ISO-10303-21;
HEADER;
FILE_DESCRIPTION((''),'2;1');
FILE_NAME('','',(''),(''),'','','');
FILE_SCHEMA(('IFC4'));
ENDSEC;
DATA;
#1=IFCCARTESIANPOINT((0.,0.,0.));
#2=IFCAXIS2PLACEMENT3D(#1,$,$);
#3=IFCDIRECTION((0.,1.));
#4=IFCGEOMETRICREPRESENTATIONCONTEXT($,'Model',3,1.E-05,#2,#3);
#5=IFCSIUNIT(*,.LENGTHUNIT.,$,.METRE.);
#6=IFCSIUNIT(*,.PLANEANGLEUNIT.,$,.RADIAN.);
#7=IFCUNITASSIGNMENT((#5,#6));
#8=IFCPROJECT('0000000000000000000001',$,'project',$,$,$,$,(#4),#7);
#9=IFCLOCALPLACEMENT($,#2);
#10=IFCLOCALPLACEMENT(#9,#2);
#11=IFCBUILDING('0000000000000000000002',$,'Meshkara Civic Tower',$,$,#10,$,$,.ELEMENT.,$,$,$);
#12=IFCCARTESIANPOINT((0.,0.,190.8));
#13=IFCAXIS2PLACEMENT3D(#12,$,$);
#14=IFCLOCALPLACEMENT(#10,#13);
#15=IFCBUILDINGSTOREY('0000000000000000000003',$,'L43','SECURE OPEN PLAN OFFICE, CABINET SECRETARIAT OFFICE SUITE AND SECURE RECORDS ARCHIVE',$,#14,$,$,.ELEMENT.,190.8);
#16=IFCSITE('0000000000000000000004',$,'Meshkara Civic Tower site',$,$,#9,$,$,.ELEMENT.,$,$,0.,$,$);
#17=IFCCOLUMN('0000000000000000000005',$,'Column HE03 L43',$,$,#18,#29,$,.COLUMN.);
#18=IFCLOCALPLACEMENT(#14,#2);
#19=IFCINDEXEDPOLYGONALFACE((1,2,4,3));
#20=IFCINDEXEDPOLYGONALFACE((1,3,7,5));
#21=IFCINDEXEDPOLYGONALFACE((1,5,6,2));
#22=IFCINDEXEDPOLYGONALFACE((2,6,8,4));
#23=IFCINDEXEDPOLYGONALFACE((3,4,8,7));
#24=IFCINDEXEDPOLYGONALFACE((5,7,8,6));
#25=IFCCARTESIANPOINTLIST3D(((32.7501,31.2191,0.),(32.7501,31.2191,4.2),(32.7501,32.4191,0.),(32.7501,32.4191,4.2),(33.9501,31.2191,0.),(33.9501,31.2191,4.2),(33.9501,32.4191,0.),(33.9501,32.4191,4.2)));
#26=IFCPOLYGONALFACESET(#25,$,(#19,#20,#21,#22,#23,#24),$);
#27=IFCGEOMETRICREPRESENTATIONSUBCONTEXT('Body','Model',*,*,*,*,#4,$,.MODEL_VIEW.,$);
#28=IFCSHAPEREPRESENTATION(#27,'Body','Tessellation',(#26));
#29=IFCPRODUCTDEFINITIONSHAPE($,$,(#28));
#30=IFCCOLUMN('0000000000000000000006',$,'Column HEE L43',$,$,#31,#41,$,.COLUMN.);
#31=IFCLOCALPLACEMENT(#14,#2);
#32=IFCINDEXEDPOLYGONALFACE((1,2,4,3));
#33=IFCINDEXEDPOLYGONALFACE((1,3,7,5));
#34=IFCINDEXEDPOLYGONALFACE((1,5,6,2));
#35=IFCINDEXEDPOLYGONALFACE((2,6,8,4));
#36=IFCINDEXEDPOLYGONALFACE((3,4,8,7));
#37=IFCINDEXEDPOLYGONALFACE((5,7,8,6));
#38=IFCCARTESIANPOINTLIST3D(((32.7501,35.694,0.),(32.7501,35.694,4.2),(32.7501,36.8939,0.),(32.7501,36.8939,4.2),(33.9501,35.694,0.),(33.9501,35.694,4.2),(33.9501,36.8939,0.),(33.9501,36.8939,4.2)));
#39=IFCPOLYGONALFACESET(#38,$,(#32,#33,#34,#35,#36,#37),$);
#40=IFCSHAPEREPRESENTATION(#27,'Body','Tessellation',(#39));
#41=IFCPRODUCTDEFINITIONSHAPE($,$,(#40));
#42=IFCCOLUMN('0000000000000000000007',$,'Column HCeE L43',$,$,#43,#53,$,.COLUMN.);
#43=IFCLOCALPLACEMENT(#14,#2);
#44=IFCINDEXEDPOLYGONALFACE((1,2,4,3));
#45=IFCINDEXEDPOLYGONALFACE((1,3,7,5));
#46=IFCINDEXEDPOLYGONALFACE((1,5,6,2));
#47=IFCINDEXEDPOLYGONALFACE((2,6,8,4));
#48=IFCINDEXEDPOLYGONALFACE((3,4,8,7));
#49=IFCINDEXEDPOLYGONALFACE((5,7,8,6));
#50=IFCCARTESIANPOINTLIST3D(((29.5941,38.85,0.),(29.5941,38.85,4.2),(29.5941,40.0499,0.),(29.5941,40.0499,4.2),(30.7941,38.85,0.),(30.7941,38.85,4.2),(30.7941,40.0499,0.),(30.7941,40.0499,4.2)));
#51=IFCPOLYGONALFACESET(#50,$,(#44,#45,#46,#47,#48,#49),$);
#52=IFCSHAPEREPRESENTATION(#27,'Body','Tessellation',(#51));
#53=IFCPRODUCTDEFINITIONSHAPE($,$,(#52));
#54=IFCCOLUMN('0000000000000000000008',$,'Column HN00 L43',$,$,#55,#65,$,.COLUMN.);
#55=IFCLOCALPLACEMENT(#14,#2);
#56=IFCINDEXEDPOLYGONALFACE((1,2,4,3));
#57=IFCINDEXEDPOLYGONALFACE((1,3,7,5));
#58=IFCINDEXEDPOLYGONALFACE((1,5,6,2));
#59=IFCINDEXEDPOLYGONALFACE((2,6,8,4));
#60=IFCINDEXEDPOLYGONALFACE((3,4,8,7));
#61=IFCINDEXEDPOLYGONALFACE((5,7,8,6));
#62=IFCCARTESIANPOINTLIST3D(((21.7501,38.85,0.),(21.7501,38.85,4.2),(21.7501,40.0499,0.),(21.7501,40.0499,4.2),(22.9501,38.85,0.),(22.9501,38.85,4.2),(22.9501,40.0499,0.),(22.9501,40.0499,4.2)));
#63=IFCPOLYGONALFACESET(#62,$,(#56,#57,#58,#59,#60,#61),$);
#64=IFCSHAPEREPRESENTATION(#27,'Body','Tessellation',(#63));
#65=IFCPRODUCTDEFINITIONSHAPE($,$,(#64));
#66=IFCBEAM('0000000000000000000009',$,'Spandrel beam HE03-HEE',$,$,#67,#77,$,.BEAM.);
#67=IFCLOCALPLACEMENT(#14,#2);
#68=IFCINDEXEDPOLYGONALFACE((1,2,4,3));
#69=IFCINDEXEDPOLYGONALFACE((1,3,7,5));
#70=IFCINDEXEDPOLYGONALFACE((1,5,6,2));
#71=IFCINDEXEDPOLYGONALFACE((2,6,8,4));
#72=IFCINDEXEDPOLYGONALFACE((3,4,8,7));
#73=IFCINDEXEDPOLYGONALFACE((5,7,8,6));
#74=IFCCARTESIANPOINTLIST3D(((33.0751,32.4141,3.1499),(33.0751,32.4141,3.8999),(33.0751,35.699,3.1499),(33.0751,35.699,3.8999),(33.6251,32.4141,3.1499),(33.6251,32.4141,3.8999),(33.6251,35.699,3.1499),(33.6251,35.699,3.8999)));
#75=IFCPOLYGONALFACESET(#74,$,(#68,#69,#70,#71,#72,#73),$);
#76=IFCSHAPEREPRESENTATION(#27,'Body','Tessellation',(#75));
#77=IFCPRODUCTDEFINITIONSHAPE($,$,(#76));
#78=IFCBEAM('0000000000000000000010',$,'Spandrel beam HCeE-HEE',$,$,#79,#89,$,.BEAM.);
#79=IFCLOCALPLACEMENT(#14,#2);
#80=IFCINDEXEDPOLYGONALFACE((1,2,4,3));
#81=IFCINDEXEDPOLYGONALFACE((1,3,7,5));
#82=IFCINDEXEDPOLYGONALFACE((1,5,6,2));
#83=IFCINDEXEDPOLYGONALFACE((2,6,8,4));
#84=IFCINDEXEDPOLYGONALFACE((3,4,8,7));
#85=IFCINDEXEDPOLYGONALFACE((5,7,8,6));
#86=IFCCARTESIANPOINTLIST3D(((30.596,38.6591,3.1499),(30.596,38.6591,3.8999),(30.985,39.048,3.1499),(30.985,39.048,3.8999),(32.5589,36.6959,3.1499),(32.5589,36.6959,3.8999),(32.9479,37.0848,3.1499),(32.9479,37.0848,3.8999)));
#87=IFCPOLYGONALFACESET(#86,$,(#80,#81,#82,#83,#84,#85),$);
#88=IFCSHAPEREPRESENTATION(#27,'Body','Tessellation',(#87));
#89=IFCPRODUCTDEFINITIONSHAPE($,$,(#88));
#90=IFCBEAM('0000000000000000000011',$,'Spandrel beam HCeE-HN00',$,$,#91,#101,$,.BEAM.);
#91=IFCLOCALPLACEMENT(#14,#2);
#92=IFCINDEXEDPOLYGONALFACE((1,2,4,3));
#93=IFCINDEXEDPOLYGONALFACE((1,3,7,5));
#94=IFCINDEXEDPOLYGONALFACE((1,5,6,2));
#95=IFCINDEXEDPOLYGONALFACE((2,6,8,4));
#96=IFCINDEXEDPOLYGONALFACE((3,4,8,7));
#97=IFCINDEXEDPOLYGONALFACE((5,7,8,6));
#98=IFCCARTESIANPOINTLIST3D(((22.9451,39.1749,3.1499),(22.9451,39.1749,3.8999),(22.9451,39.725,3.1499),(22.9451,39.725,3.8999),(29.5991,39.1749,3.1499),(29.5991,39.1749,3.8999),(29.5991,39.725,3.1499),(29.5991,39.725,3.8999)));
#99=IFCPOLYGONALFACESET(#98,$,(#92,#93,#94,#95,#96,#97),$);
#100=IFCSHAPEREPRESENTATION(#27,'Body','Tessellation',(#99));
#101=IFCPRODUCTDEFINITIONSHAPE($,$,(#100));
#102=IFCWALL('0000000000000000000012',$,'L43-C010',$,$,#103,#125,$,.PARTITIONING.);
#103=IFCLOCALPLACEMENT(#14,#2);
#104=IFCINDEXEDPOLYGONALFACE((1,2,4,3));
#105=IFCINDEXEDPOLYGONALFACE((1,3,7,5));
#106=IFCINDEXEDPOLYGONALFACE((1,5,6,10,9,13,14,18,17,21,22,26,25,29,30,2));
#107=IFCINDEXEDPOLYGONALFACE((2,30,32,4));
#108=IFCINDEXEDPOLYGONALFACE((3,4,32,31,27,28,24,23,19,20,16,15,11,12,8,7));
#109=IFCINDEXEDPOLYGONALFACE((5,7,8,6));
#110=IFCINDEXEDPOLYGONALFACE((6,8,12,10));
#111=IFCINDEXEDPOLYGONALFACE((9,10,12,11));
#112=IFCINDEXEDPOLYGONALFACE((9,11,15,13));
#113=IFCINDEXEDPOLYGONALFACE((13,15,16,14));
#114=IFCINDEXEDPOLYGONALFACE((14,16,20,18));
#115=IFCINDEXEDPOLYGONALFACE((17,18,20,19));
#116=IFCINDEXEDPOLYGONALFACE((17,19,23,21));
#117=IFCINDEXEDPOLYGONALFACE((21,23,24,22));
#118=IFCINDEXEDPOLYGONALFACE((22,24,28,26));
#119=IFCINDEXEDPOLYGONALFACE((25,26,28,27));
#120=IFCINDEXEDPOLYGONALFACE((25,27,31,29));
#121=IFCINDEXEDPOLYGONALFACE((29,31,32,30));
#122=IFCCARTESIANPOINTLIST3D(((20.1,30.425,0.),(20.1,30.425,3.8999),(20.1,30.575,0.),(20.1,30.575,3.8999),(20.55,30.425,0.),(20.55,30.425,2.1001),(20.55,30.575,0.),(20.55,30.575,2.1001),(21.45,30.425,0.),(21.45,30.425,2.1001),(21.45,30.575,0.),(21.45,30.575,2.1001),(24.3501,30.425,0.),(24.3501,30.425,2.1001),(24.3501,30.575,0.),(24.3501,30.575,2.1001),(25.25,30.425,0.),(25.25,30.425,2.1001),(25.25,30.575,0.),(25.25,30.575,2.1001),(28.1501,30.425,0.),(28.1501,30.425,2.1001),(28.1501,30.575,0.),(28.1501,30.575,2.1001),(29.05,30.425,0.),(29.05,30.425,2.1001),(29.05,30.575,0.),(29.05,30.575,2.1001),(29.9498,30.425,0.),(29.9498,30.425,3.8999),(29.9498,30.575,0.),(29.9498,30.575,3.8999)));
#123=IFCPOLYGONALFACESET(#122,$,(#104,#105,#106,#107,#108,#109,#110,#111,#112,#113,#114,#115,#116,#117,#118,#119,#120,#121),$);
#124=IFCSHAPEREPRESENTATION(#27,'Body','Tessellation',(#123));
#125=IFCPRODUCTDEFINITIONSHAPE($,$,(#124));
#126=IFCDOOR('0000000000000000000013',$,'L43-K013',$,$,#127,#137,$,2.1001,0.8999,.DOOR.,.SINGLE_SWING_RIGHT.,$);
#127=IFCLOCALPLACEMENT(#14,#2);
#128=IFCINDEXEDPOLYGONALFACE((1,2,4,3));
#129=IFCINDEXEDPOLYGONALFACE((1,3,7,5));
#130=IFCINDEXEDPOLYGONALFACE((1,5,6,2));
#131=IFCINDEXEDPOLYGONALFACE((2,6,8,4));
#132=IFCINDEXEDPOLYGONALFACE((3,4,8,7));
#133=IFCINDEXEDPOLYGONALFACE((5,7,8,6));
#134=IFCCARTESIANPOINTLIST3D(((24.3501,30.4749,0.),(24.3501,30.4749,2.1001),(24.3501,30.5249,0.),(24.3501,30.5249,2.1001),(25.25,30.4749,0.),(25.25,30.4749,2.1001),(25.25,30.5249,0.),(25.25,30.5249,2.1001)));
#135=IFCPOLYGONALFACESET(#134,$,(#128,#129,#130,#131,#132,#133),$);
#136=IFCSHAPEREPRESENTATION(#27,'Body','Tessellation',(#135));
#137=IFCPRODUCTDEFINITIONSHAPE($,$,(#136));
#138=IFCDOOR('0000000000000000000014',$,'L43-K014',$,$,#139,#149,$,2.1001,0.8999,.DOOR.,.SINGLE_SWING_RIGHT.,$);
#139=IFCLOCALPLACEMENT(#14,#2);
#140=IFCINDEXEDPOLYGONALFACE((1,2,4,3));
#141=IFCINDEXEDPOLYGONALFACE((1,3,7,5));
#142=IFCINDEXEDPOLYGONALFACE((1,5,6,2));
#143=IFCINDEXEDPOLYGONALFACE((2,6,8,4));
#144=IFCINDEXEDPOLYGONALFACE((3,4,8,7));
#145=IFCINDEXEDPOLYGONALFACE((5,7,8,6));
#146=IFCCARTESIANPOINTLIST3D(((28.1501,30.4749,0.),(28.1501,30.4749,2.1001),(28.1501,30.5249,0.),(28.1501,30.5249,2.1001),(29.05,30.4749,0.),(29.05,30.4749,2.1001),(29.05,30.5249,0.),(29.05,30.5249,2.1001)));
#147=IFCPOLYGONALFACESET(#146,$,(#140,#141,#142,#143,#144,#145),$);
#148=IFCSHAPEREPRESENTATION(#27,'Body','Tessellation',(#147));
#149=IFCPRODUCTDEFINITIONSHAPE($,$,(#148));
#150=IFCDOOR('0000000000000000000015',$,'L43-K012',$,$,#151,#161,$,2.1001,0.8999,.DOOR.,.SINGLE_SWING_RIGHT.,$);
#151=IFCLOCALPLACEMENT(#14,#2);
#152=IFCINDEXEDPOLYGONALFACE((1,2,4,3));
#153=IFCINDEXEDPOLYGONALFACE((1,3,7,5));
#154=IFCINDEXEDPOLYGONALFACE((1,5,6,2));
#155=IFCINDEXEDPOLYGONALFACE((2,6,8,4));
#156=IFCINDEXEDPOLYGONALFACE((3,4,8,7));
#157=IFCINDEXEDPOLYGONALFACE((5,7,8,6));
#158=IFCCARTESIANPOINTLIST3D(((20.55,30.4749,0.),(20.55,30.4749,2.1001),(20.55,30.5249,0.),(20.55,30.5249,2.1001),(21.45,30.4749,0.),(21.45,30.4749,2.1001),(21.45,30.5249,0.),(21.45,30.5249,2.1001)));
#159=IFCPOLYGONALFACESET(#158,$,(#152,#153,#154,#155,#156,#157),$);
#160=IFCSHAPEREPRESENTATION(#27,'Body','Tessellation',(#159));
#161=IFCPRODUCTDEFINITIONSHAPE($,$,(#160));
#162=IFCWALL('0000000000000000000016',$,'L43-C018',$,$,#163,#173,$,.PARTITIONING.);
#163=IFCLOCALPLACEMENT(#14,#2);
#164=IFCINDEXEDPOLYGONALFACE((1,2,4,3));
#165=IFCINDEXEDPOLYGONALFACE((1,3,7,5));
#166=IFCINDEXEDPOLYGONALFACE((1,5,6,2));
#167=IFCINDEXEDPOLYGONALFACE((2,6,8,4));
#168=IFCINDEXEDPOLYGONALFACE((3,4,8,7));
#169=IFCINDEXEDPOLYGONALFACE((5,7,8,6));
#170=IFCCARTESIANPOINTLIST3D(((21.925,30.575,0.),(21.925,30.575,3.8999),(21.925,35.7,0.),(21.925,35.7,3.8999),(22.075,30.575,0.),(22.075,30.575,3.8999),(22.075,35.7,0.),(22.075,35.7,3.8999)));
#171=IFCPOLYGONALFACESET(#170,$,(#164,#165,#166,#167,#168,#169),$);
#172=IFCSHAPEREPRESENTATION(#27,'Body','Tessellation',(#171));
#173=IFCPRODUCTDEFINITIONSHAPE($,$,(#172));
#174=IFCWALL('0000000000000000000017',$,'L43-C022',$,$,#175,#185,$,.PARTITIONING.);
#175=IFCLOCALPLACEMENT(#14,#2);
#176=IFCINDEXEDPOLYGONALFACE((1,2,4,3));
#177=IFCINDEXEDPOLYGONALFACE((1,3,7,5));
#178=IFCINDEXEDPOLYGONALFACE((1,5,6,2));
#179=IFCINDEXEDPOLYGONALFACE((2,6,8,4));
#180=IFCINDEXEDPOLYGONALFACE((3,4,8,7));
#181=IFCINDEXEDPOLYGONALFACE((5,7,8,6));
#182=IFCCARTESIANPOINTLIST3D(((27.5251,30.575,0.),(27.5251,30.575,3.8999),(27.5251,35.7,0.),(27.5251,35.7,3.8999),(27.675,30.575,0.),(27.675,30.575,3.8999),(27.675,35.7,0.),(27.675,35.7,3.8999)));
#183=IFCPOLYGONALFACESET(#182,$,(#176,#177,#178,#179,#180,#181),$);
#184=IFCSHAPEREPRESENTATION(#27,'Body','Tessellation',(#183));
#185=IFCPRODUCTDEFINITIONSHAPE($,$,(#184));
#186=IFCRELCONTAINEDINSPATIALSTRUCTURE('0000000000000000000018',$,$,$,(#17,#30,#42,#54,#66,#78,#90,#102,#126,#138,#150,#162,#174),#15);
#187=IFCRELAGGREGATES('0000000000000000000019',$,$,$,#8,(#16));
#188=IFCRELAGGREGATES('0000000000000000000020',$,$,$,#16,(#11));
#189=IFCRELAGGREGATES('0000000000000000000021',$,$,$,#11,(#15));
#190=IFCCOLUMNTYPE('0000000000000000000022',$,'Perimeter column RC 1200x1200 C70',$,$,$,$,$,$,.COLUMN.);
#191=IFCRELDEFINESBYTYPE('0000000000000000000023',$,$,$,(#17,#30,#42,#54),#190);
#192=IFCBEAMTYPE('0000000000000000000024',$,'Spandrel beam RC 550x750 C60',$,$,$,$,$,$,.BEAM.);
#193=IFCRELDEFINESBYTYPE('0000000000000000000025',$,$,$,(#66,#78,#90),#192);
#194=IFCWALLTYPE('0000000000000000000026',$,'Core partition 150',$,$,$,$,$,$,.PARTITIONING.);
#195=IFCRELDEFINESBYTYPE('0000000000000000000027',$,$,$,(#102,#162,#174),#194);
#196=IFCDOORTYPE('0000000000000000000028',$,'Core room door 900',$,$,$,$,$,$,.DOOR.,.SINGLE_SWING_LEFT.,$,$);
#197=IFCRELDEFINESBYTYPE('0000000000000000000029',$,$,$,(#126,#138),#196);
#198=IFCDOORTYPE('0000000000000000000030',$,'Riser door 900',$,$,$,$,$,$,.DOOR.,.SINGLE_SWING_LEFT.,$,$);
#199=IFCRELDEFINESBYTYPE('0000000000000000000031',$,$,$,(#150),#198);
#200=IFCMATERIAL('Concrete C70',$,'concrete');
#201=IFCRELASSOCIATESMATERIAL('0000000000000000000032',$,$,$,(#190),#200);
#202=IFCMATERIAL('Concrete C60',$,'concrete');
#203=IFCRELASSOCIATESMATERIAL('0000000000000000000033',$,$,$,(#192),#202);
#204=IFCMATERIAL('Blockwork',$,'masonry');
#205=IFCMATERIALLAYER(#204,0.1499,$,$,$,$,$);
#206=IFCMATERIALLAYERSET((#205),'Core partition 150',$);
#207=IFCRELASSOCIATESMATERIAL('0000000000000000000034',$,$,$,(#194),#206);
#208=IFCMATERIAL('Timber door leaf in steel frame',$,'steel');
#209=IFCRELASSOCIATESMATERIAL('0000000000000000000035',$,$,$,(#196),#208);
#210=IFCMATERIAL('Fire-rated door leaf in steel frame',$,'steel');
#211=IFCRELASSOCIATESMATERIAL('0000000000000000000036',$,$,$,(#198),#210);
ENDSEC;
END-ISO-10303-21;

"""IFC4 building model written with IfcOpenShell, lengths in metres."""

from ifc_helpers import new_model, si_unit, direction, frame, frame_2d, origin, origin_2d, place, context, subcontext, project, spatial, rectangle, extrude, material, layer, layer_set, material_profile, profile_set, type_object, element, fill, save


model = new_model("IFC4")

# Units and contexts
model_context = context("Model", 3, precision=1e-05, world=origin(), true_north=direction((0.0, 1.0)))
body_context = subcontext(model_context, "Body", "Model", "MODEL_VIEW")
ifc_project = project(units=[si_unit("LENGTHUNIT", "METRE"), si_unit("PLANEANGLEUNIT", "RADIAN")], contexts=[model_context])

# Site, building, storey
site_placement = place(None, origin())
site = spatial("IfcSite", under=ifc_project, at=site_placement, Name="Meshkara Civic Tower site", CompositionType="ELEMENT", RefElevation=0.0)
building_placement = place(site_placement, origin())
building = spatial("IfcBuilding", under=site, at=building_placement, Name="Meshkara Civic Tower", CompositionType="ELEMENT")
storey_placement = place(building_placement, frame((0.0, 0.0, 190.8)))
storey = spatial("IfcBuildingStorey", under=building, at=storey_placement, Name="L43", Description="SECURE OPEN PLAN OFFICE, CABINET SECRETARIAT OFFICE SUITE AND SECURE RECORDS ARCHIVE", CompositionType="ELEMENT", Elevation=190.8)

# Columns
ifc_material_1 = material(Name="Concrete C70", Category="concrete")
ifc_material_profile_1 = material_profile(ifc_material_1, rectangle(XDim=1.2, YDim=1.2, at=origin_2d()))
ifc_profile_set_1 = profile_set([ifc_material_profile_1], Name="Concrete C70")
column_type = type_object("IfcColumnType", Name="Perimeter column RC 1200x1200 C70", PredefinedType="COLUMN", material=ifc_profile_set_1)
for number, where, z_axis, x_axis, name in (
    (1, (33.3501, 31.8191, 0.0), (0.0, 0.0, 1.0), (1.0, 0.0, 0.0), "Column HE03 L43"),
    (2, (33.3501, 36.2939, 0.0), (0.0, 0.0, 1.0), (1.0, 0.0, 0.0), "Column HEE L43"),
    (3, (30.1941, 39.45, 0.0), (0.0, 0.0, 1.0), (1.0, 0.0, 0.0), "Column HCeE L43"),
    (4, (22.3501, 39.45, 0.0), (0.0, 0.0, 1.0), (1.0, 0.0, 0.0), "Column HN00 L43"),
):
    element("IfcColumn", number, at=place(storey_placement, frame(where, z_axis=z_axis, x_axis=x_axis)), inside=storey, type_object=column_type, Name=name, PredefinedType="COLUMN", context=body_context, shape_type="SweptSolid", body=[
        extrude(rectangle(XDim=1.2, YDim=1.2, at=origin_2d()), origin(), (0.0, 0.0, 1.0), 4.2),
    ])

# Beams
ifc_material_2 = material(Name="Concrete C60", Category="concrete")
ifc_material_profile_2 = material_profile(ifc_material_2, rectangle(XDim=0.55, YDim=0.75, at=origin_2d()))
ifc_profile_set_2 = profile_set([ifc_material_profile_2], Name="Concrete C60")
beam_type = type_object("IfcBeamType", Name="Spandrel beam RC 550x750 C60", PredefinedType="BEAM", material=ifc_profile_set_2)
beam_1_placement = place(storey_placement, frame((33.3501, 32.4141, 3.5249), z_axis=(0.0, 1.0, 0.0), x_axis=(-1.0, 0.0, 0.0)))
element("IfcBeam", 5, at=beam_1_placement, inside=storey, type_object=beam_type, Name="Spandrel beam HE03-HEE", PredefinedType="BEAM", context=body_context, shape_type="SweptSolid", body=[
    extrude(rectangle(XDim=0.55, YDim=0.75, at=origin_2d()), origin(), (0.0, 0.0, 1.0), 3.2849),
])
beam_2_placement = place(storey_placement, frame((32.7534, 36.8904, 3.5249), z_axis=(-0.707063, 0.707151, 0.0), x_axis=(-0.707151, -0.707063, 0.0)))
element("IfcBeam", 6, at=beam_2_placement, inside=storey, type_object=beam_type, Name="Spandrel beam HCeE-HEE", PredefinedType="BEAM", context=body_context, shape_type="SweptSolid", body=[
    extrude(rectangle(XDim=0.55, YDim=0.75, at=origin_2d()), origin(), (0.0, 0.0, 1.0), 2.7761),
])
beam_3_placement = place(storey_placement, frame((29.5991, 39.45, 3.5249), z_axis=(-1.0, 0.0, 0.0), x_axis=(0.0, -1.0, 0.0)))
element("IfcBeam", 7, at=beam_3_placement, inside=storey, type_object=beam_type, Name="Spandrel beam HCeE-HN00", PredefinedType="BEAM", context=body_context, shape_type="SweptSolid", body=[
    extrude(rectangle(XDim=0.55, YDim=0.75, at=origin_2d()), origin(), (0.0, 0.0, 1.0), 6.6541),
])

# Wall, openings, doors
ifc_material_3 = material(Name="Blockwork", Category="masonry")
ifc_layer_1 = layer(ifc_material_3, 0.1499)
ifc_layer_set_1 = layer_set([ifc_layer_1], Name="Core partition 150")
wall_type_1 = type_object("IfcWallType", Name="Core partition 150", PredefinedType="PARTITIONING", material=ifc_layer_set_1)
wall_1_placement = place(storey_placement, frame((20.1001, 30.5, 0.0), z_axis=(0.0, 0.0, 1.0), x_axis=(1.0, 0.0, 0.0)))
wall_1 = element("IfcWall", 8, at=wall_1_placement, inside=storey, type_object=wall_type_1, Name="L43-C010", PredefinedType="PARTITIONING", context=body_context, shape_type="SweptSolid", body=[
    extrude(rectangle(XDim=9.8499, YDim=0.1499, at=frame_2d((4.9248, 0.0))), origin(), (0.0, 0.0, 1.0), 3.8999),
])
opening_1_placement = place(wall_1_placement, frame((0.45, 0.0, 0.0)))
opening_1 = element("IfcOpeningElement", 9, at=opening_1_placement, cuts=wall_1, PredefinedType="OPENING", context=body_context, shape_type="SweptSolid", body=[
    extrude(rectangle(XDim=0.8999, YDim=2.1001, at=frame_2d((0.45, 1.05))), frame((0.0, 0.085, 0.0), z_axis=(0.0, -1.0, 0.0), x_axis=(1.0, 0.0, 0.0)), (0.0, 0.0, 1.0), 0.1699),
])
opening_2_placement = place(wall_1_placement, frame((4.25, 0.0, 0.0)))
opening_2 = element("IfcOpeningElement", 10, at=opening_2_placement, cuts=wall_1, PredefinedType="OPENING", context=body_context, shape_type="SweptSolid", body=[
    extrude(rectangle(XDim=0.8999, YDim=2.1001, at=frame_2d((0.45, 1.05))), frame((0.0, 0.085, 0.0), z_axis=(0.0, -1.0, 0.0), x_axis=(1.0, 0.0, 0.0)), (0.0, 0.0, 1.0), 0.1699),
])
opening_3_placement = place(wall_1_placement, frame((8.05, 0.0, 0.0)))
opening_3 = element("IfcOpeningElement", 11, at=opening_3_placement, cuts=wall_1, PredefinedType="OPENING", context=body_context, shape_type="SweptSolid", body=[
    extrude(rectangle(XDim=0.8999, YDim=2.1001, at=frame_2d((0.45, 1.05))), frame((0.0, 0.085, 0.0), z_axis=(0.0, -1.0, 0.0), x_axis=(1.0, 0.0, 0.0)), (0.0, 0.0, 1.0), 0.1699),
])
ifc_material_4 = material(Name="Timber door leaf in steel frame", Category="steel")
door_type_1 = type_object("IfcDoorType", Name="Core room door 900", OperationType="SINGLE_SWING_LEFT", PredefinedType="DOOR", material=ifc_material_4)
door_1_placement = place(opening_2_placement, origin())
door_1 = element("IfcDoor", 12, at=door_1_placement, inside=storey, type_object=door_type_1, Name="L43-K013", OperationType="SINGLE_SWING_RIGHT", OverallHeight=2.1001, OverallWidth=0.8999, PredefinedType="DOOR", context=body_context, shape_type="SweptSolid", body=[
    extrude(rectangle(XDim=0.8999, YDim=2.1001, at=frame_2d((0.45, 1.05))), frame((0.0, 0.0249, 0.0), z_axis=(0.0, -1.0, 0.0), x_axis=(1.0, 0.0, 0.0)), (0.0, 0.0, 1.0), 0.05),
])
fill(opening_2, door_1)
door_2_placement = place(opening_3_placement, origin())
door_2 = element("IfcDoor", 13, at=door_2_placement, inside=storey, type_object=door_type_1, Name="L43-K014", OperationType="SINGLE_SWING_RIGHT", OverallHeight=2.1001, OverallWidth=0.8999, PredefinedType="DOOR", context=body_context, shape_type="SweptSolid", body=[
    extrude(rectangle(XDim=0.8999, YDim=2.1001, at=frame_2d((0.45, 1.05))), frame((0.0, 0.0249, 0.0), z_axis=(0.0, -1.0, 0.0), x_axis=(1.0, 0.0, 0.0)), (0.0, 0.0, 1.0), 0.05),
])
fill(opening_3, door_2)
ifc_material_5 = material(Name="Fire-rated door leaf in steel frame", Category="steel")
door_type_2 = type_object("IfcDoorType", Name="Riser door 900", OperationType="SINGLE_SWING_LEFT", PredefinedType="DOOR", material=ifc_material_5)
door_3_placement = place(opening_1_placement, origin())
door_3 = element("IfcDoor", 14, at=door_3_placement, inside=storey, type_object=door_type_2, Name="L43-K012", OperationType="SINGLE_SWING_RIGHT", OverallHeight=2.1001, OverallWidth=0.8999, PredefinedType="DOOR", context=body_context, shape_type="SweptSolid", body=[
    extrude(rectangle(XDim=0.8999, YDim=2.1001, at=frame_2d((0.45, 1.05))), frame((0.0, 0.0249, 0.0), z_axis=(0.0, -1.0, 0.0), x_axis=(1.0, 0.0, 0.0)), (0.0, 0.0, 1.0), 0.05),
])
fill(opening_1, door_3)

# Walls
for number, where, z_axis, x_axis, name in (
    (15, (22.0, 30.575, 0.0), (0.0, 0.0, 1.0), (0.0, 1.0, 0.0), "L43-C018"),
    (16, (27.6001, 30.575, 0.0), (0.0, 0.0, 1.0), (0.0, 1.0, 0.0), "L43-C022"),
):
    element("IfcWall", number, at=place(storey_placement, frame(where, z_axis=z_axis, x_axis=x_axis)), inside=storey, type_object=wall_type_1, Name=name, PredefinedType="PARTITIONING", context=body_context, shape_type="SweptSolid", body=[
        extrude(rectangle(XDim=5.125, YDim=0.1499, at=frame_2d((2.5625, 0.0))), origin(), (0.0, 0.0, 1.0), 3.8999),
    ])

save(model, "model.ifc")
